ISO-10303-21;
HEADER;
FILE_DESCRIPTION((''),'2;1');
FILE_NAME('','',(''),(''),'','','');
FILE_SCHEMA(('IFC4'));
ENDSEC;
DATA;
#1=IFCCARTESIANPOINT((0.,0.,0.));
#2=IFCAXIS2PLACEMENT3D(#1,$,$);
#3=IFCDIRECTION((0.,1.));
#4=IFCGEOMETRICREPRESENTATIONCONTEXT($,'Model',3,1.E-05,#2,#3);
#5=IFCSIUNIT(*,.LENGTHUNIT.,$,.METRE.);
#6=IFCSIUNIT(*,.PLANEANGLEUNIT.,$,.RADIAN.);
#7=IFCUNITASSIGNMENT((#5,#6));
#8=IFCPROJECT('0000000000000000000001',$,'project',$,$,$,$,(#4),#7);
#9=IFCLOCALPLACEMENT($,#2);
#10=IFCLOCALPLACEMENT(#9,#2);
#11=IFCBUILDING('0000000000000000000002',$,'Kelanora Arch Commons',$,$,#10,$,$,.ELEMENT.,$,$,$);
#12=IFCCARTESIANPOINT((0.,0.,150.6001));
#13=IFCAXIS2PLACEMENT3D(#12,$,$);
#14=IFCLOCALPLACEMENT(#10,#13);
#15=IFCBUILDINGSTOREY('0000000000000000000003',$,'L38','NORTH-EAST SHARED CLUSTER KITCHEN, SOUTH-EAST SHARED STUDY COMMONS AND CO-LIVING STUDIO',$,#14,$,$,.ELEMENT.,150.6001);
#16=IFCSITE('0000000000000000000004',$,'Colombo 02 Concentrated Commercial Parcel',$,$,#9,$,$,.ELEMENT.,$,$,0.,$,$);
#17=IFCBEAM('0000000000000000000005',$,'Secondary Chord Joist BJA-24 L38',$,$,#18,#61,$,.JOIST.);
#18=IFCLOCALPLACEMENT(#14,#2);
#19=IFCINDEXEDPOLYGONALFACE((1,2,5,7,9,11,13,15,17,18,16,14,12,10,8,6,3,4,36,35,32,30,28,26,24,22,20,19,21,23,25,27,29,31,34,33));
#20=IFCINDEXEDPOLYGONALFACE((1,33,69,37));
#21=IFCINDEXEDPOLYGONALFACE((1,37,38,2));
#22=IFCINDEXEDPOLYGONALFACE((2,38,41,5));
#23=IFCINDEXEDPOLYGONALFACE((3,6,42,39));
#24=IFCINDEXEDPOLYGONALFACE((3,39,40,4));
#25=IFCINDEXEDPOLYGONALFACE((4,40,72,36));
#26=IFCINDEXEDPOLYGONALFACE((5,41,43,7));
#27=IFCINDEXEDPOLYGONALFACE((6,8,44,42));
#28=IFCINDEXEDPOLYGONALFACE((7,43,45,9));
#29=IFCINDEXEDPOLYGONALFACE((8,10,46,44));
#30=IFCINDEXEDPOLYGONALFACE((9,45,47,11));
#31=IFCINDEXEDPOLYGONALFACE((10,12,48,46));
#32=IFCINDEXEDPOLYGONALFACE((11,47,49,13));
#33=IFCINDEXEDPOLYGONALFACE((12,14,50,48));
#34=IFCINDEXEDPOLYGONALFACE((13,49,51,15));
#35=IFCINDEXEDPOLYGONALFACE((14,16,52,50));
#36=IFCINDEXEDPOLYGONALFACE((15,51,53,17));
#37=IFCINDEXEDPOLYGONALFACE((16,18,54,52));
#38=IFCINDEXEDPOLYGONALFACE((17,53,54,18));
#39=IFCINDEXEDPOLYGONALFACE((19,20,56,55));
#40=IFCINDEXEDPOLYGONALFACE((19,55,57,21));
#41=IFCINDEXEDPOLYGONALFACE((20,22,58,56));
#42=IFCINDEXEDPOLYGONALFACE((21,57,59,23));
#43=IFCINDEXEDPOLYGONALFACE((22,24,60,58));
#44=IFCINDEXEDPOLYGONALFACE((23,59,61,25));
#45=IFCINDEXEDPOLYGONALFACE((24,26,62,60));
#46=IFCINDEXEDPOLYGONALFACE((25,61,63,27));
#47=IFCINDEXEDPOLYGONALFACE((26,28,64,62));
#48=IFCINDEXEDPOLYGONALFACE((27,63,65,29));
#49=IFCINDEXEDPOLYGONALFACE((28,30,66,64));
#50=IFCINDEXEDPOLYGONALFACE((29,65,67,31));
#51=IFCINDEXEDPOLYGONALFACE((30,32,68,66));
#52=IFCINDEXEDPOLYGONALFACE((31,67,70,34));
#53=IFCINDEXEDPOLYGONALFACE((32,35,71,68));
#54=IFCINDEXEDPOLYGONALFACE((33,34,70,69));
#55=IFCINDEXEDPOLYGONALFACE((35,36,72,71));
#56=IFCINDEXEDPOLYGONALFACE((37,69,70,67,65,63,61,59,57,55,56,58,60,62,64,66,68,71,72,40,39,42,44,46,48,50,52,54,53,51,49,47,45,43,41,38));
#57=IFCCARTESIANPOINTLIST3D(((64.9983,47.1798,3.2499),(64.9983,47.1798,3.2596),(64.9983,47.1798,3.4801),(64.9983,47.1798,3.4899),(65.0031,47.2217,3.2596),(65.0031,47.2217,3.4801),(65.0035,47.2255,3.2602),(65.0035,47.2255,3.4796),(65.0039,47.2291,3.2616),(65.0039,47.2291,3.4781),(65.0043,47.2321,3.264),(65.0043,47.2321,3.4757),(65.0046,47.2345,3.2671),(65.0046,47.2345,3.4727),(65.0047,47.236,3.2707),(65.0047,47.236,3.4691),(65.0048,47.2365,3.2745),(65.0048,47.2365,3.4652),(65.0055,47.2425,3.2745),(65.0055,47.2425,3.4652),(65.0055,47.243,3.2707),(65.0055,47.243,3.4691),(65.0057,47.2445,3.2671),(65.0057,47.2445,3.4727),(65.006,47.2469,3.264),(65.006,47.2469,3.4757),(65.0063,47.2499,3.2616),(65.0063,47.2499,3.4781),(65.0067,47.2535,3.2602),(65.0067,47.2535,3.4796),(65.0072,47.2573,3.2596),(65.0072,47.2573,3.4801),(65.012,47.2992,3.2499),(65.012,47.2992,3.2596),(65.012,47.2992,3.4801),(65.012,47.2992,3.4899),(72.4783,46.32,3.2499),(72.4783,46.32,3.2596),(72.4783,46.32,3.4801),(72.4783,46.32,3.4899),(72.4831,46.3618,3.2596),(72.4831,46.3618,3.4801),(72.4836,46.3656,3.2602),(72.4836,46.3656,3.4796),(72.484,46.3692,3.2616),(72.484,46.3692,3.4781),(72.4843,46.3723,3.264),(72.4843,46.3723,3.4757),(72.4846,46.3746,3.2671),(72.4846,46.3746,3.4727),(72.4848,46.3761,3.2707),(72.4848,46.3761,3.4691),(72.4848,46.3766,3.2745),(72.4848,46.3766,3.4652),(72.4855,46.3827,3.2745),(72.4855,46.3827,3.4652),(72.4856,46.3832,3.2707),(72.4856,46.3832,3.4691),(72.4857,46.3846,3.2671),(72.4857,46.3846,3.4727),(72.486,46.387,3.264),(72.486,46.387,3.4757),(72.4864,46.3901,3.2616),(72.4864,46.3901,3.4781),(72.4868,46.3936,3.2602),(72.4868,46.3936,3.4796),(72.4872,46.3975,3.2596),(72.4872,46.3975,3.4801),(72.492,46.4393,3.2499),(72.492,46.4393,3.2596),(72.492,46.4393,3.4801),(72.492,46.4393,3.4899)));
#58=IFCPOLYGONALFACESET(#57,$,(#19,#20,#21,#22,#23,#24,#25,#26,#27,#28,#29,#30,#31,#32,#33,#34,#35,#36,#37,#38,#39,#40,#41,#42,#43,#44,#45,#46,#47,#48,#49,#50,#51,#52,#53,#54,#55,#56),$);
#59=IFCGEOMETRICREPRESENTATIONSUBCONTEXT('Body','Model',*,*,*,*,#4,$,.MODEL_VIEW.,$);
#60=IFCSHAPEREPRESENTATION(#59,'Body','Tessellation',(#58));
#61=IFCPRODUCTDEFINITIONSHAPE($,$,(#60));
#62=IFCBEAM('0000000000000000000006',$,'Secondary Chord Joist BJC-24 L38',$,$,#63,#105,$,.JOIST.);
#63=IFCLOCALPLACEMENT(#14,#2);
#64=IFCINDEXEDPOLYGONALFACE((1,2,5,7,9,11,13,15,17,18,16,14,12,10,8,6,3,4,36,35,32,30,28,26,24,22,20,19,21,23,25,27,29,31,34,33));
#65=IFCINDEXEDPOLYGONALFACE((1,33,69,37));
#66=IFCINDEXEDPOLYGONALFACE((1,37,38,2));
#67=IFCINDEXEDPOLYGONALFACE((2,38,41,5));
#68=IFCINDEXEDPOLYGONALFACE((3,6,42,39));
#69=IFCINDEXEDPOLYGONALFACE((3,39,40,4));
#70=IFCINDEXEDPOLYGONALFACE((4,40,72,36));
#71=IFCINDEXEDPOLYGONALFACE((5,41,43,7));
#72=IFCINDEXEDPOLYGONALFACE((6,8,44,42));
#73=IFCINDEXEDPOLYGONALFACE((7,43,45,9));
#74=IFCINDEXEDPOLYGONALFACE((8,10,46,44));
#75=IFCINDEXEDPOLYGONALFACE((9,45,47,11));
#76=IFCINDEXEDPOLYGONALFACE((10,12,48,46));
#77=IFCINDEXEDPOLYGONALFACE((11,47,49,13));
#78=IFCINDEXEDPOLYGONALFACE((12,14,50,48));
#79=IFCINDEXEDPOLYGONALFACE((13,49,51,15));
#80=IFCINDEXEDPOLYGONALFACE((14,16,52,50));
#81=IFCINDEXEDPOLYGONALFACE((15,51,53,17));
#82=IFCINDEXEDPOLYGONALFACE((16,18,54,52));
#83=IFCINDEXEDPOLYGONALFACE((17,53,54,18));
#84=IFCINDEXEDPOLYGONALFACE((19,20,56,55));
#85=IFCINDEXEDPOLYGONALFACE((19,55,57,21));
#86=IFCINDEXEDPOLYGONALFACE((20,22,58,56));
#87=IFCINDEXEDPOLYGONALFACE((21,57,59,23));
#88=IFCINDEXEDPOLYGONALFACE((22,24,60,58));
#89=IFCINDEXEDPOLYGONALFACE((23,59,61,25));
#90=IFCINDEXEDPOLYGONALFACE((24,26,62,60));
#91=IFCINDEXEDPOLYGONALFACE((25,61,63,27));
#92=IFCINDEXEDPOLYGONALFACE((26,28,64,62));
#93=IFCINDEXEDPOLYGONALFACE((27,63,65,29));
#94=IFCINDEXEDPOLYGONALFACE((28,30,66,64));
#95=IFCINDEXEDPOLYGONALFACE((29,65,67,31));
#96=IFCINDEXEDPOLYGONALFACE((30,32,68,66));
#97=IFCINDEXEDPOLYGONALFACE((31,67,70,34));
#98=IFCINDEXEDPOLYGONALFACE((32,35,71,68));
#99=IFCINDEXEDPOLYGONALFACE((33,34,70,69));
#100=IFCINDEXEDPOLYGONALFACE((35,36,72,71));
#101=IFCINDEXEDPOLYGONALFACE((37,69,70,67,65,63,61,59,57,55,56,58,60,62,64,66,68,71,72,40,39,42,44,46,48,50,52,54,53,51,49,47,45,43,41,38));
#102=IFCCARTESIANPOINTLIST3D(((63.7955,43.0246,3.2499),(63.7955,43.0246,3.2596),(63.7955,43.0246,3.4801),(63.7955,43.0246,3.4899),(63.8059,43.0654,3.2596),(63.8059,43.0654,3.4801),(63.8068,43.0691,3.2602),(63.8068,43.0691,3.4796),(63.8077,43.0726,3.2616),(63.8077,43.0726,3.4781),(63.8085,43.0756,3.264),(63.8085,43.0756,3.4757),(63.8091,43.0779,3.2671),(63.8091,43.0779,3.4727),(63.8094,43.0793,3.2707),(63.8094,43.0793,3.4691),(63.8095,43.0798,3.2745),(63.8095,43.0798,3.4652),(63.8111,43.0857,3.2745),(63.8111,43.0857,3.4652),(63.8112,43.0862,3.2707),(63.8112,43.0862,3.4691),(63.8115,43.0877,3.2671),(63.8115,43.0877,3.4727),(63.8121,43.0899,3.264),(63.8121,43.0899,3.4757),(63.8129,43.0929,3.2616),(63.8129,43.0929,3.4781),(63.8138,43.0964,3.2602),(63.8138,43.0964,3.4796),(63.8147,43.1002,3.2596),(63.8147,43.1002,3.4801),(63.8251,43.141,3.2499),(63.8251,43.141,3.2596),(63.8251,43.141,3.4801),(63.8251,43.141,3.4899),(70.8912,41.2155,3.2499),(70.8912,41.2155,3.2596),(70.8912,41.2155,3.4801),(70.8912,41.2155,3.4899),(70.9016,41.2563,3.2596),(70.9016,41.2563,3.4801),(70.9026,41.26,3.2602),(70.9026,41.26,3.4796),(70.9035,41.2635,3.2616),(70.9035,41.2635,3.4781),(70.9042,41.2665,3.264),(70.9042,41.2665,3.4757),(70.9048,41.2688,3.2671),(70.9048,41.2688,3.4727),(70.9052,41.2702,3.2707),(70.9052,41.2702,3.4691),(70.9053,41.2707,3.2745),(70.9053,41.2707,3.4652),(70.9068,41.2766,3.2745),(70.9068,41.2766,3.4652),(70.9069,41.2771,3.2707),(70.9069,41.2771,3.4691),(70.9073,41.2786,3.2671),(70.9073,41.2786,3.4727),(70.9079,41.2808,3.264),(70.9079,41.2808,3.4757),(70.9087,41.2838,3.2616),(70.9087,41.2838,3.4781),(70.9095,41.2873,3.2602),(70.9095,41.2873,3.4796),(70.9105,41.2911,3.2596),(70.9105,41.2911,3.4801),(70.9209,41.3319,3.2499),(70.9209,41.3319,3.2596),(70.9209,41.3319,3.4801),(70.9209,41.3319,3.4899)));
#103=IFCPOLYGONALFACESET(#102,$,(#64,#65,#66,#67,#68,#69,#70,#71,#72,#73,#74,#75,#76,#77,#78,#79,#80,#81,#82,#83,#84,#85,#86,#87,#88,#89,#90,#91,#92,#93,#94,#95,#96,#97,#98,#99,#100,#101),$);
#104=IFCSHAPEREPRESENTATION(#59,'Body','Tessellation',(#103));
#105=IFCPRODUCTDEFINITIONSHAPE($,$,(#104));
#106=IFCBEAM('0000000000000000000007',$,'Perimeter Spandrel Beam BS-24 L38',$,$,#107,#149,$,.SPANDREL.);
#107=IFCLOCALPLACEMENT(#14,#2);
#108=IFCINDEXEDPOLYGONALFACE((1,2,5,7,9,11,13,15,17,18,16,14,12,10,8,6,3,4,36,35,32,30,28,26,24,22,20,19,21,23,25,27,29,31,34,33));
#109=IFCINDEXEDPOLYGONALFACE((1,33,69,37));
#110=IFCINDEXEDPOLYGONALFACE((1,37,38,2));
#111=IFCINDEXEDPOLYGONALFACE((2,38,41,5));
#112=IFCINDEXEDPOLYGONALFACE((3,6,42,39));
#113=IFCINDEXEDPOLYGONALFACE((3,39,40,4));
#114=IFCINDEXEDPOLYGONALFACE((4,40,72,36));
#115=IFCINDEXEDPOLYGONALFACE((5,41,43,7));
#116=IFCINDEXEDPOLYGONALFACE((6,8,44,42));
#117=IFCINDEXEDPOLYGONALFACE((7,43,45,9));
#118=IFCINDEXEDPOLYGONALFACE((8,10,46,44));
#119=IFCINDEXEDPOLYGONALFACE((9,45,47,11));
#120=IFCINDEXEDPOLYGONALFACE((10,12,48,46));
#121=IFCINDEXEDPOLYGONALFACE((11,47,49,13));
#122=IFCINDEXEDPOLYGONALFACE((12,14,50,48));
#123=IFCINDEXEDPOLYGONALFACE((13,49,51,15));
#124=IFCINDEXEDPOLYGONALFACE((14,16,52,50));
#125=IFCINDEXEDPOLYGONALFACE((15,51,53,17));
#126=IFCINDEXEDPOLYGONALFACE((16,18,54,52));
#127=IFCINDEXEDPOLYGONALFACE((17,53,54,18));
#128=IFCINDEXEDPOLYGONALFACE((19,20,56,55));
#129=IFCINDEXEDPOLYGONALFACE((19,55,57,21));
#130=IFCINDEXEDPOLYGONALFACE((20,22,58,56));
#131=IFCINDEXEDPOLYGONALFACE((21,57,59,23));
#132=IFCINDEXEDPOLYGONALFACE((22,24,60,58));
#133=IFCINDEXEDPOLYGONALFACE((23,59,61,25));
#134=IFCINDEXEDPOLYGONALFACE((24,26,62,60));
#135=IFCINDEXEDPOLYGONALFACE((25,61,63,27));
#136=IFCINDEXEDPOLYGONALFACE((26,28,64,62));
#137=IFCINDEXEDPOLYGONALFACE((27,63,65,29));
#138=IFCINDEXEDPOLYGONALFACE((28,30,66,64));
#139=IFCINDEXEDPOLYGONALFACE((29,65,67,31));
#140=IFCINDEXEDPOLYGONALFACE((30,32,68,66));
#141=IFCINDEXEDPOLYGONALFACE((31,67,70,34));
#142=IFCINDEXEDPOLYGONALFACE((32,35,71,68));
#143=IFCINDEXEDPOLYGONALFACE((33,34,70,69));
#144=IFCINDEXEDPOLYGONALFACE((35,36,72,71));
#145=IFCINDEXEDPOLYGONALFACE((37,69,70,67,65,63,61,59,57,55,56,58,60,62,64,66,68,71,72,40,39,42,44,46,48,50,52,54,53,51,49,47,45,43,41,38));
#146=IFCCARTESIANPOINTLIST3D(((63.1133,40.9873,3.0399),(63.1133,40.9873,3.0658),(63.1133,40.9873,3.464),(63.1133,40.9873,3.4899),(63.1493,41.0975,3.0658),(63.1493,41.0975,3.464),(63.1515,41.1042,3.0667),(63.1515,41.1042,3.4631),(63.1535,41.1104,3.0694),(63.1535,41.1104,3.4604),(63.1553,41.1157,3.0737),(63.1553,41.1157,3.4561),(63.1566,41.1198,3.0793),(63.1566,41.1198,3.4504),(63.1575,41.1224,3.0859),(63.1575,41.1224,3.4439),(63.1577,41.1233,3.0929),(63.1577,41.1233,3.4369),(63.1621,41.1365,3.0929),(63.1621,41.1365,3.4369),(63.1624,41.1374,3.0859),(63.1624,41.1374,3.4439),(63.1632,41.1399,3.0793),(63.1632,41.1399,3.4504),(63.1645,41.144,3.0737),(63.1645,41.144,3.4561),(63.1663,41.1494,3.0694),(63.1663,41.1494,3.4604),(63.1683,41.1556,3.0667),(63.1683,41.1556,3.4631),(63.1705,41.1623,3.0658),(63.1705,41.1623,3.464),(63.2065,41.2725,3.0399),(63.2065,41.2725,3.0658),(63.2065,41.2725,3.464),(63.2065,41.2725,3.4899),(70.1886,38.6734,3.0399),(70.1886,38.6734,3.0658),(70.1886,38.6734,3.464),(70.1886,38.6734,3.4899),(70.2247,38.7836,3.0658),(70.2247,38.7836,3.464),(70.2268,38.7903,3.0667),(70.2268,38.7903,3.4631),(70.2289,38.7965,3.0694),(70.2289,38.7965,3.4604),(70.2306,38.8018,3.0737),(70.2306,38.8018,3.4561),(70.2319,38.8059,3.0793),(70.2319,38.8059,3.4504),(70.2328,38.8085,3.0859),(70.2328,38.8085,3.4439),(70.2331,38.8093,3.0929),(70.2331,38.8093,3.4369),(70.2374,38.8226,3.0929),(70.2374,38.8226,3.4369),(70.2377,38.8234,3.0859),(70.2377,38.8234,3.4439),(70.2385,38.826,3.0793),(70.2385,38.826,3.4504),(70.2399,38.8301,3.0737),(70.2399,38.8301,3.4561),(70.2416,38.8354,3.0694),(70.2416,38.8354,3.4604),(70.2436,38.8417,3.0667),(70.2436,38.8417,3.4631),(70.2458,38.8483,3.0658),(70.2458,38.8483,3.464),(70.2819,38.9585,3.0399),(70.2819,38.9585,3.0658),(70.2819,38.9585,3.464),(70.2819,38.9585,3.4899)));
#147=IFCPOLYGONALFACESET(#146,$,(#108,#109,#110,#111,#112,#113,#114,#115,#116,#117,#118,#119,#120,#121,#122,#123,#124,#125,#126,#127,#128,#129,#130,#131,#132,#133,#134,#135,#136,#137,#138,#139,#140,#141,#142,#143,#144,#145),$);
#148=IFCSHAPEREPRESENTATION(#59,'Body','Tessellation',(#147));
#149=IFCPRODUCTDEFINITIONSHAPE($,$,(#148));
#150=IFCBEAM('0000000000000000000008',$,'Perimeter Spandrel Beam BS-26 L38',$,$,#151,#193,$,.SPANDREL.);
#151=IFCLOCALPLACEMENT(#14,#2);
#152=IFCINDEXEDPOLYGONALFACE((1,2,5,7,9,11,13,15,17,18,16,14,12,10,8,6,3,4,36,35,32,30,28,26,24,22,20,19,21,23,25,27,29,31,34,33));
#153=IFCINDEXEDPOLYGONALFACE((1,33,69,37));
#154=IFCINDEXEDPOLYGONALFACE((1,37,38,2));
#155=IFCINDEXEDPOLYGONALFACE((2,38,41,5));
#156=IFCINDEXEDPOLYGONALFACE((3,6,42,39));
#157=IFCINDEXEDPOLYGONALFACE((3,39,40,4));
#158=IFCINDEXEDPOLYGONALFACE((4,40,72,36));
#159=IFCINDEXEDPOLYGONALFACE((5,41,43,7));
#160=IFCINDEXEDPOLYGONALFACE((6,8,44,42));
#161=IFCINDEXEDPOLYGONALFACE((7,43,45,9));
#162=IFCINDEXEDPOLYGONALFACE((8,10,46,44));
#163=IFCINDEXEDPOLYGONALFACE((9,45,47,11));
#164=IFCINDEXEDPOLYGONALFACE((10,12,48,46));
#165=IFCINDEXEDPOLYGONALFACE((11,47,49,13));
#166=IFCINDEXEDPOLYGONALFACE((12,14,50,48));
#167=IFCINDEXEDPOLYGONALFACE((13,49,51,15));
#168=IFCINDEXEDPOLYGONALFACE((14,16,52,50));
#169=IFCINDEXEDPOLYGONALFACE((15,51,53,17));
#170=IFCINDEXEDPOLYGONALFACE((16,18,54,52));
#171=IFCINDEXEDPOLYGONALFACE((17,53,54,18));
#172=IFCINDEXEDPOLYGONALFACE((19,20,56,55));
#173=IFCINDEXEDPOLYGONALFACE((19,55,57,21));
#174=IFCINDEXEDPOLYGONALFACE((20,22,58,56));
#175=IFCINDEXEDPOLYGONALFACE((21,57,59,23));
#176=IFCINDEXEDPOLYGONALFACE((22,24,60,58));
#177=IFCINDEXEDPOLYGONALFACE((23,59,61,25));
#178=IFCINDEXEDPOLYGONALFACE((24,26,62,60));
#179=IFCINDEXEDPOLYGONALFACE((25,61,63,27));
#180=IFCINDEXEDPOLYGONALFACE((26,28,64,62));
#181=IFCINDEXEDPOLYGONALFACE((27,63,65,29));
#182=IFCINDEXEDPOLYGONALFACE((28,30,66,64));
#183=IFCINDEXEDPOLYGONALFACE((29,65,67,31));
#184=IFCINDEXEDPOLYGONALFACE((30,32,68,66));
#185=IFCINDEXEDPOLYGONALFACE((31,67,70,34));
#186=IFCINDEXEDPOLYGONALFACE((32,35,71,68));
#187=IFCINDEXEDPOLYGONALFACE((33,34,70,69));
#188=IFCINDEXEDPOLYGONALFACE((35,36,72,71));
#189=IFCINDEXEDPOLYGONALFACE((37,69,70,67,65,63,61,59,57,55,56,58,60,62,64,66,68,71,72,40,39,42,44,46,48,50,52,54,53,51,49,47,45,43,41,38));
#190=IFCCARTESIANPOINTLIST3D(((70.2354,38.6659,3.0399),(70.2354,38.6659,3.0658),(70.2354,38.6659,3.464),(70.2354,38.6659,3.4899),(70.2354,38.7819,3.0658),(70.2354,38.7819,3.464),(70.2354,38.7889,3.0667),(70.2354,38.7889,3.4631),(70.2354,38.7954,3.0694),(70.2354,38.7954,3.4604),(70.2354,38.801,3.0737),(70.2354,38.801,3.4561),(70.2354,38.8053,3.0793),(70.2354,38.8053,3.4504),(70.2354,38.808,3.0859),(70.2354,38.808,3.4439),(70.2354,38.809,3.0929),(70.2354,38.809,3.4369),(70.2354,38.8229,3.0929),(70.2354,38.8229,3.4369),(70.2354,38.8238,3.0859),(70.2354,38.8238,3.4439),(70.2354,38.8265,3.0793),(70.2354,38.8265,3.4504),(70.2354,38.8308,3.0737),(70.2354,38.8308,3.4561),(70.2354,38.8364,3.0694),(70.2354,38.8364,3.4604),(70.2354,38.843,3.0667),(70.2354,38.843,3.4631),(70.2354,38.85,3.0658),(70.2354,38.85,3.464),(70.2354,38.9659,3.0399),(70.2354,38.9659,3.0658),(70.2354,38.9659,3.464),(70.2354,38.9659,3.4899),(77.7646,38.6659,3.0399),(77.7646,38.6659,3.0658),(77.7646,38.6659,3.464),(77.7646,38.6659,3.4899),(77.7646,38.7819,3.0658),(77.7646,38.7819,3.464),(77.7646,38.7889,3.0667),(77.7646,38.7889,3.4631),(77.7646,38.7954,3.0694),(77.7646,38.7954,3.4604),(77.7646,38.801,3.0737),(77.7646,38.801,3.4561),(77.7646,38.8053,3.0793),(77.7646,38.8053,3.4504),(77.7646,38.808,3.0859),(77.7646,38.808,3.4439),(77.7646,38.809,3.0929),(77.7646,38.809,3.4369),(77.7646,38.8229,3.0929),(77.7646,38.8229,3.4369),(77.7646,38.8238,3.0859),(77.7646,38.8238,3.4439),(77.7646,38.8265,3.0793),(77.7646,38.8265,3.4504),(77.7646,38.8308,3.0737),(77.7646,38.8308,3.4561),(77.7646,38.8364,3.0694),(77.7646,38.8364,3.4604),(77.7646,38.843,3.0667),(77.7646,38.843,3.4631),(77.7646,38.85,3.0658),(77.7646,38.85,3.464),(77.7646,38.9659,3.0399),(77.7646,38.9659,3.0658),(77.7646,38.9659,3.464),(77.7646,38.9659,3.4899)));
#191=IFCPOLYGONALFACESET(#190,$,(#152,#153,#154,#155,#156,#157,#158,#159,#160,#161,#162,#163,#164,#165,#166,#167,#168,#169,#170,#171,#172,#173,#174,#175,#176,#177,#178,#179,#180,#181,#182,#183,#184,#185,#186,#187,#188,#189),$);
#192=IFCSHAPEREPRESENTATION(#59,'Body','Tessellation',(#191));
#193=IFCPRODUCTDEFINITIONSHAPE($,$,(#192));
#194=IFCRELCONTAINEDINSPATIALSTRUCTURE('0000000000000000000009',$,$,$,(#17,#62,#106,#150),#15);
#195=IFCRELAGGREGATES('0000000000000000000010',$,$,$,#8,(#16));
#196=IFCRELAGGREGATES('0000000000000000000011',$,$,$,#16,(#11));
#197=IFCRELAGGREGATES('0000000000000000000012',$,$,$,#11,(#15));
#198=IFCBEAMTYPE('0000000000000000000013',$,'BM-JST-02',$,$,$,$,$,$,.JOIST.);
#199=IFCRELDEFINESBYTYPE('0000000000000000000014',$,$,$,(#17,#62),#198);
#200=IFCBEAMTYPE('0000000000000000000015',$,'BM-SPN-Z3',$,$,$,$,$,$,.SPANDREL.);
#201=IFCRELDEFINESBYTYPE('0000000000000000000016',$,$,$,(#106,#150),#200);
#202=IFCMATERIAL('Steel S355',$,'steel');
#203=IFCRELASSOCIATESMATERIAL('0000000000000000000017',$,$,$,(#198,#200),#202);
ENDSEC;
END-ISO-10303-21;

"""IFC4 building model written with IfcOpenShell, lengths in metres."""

from ifc_helpers import new_model, si_unit, direction, frame, origin, origin_2d, place, context, subcontext, project, spatial, i_section, extrude, material, material_profile, profile_set, type_object, element, save


model = new_model("IFC4")

# Units and contexts
model_context = context("Model", 3, precision=1e-05, world=origin(), true_north=direction((0.0, 1.0)))
body_context = subcontext(model_context, "Body", "Model", "MODEL_VIEW")
ifc_project = project(units=[si_unit("LENGTHUNIT", "METRE"), si_unit("PLANEANGLEUNIT", "RADIAN")], contexts=[model_context])

# Site, building, storey
site_placement = place(None, origin())
site = spatial("IfcSite", under=ifc_project, at=site_placement, Name="Colombo 02 Concentrated Commercial Parcel", CompositionType="ELEMENT", RefElevation=0.0)
building_placement = place(site_placement, origin())
building = spatial("IfcBuilding", under=site, at=building_placement, Name="Kelanora Arch Commons", CompositionType="ELEMENT")
storey_placement = place(building_placement, frame((0.0, 0.0, 150.6001)))
storey = spatial("IfcBuildingStorey", under=building, at=storey_placement, Name="L38", Description="NORTH-EAST SHARED CLUSTER KITCHEN, SOUTH-EAST SHARED STUDY COMMONS AND CO-LIVING STUDIO", CompositionType="ELEMENT", Elevation=150.6001)

# Beams
ifc_material_1 = material(Name="Steel S355", Category="steel")
ifc_material_profile_1 = material_profile(ifc_material_1, i_section(OverallWidth=0.1201, OverallDepth=0.24, WebThickness=0.0061, FlangeThickness=0.0098, FilletRadius=0.0149, at=origin_2d()), Name="IPE240")
ifc_profile_set_1 = profile_set([ifc_material_profile_1], Name="Steel S355")
beam_type_1 = type_object("IfcBeamType", Name="BM-JST-02", PredefinedType="JOIST", material=ifc_profile_set_1)
beam_1_placement = place(storey_placement, frame((65.0051, 47.2395, 3.3699), z_axis=(0.993457, -0.114203, 0.0), x_axis=(0.114203, 0.993457, 0.0)))
element("IfcBeam", 1, at=beam_1_placement, inside=storey, type_object=beam_type_1, Name="Secondary Chord Joist BJA-24 L38", PredefinedType="JOIST", context=body_context, shape_type="SweptSolid", body=[
    extrude(i_section(OverallWidth=0.1201, OverallDepth=0.24, WebThickness=0.0061, FlangeThickness=0.0098, FilletRadius=0.0149, at=origin_2d()), origin(), (0.0, 0.0, 1.0), 7.5293),
])
beam_2_placement = place(storey_placement, frame((63.8103, 43.0828, 3.3699), z_axis=(0.969002, -0.247052, 0.0), x_axis=(0.247052, 0.969002, 0.0)))
element("IfcBeam", 2, at=beam_2_placement, inside=storey, type_object=beam_type_1, Name="Secondary Chord Joist BJC-24 L38", PredefinedType="JOIST", context=body_context, shape_type="SweptSolid", body=[
    extrude(i_section(OverallWidth=0.1201, OverallDepth=0.24, WebThickness=0.0061, FlangeThickness=0.0098, FilletRadius=0.0149, at=origin_2d()), origin(), (0.0, 0.0, 1.0), 7.3228),
])
ifc_material_profile_2 = material_profile(ifc_material_1, i_section(OverallWidth=0.3, OverallDepth=0.45, WebThickness=0.0139, FlangeThickness=0.0259, FilletRadius=0.0271, at=origin_2d()), Name="HEB450")
ifc_profile_set_2 = profile_set([ifc_material_profile_2], Name="Steel S355")
beam_type_2 = type_object("IfcBeamType", Name="BM-SPN-Z3", PredefinedType="SPANDREL", material=ifc_profile_set_2)
beam_3_placement = place(storey_placement, frame((63.1599, 41.1299, 3.2649), z_axis=(0.950462, -0.310841, 0.0), x_axis=(0.310841, 0.950462, 0.0)))
element("IfcBeam", 3, at=beam_3_placement, inside=storey, type_object=beam_type_2, Name="Perimeter Spandrel Beam BS-24 L38", PredefinedType="SPANDREL", context=body_context, shape_type="SweptSolid", body=[
    extrude(i_section(OverallWidth=0.3, OverallDepth=0.45, WebThickness=0.0139, FlangeThickness=0.0259, FilletRadius=0.0271, at=origin_2d()), origin(), (0.0, 0.0, 1.0), 7.4441),
])
beam_4_placement = place(storey_placement, frame((70.2354, 38.8159, 3.2649), z_axis=(1.0, 0.0, 0.0), x_axis=(0.0, 1.0, 0.0)))
element("IfcBeam", 4, at=beam_4_placement, inside=storey, type_object=beam_type_2, Name="Perimeter Spandrel Beam BS-26 L38", PredefinedType="SPANDREL", context=body_context, shape_type="SweptSolid", body=[
    extrude(i_section(OverallWidth=0.3, OverallDepth=0.45, WebThickness=0.0139, FlangeThickness=0.0259, FilletRadius=0.0271, at=origin_2d()), origin(), (0.0, 0.0, 1.0), 7.5293),
])

save(model, "model.ifc")
